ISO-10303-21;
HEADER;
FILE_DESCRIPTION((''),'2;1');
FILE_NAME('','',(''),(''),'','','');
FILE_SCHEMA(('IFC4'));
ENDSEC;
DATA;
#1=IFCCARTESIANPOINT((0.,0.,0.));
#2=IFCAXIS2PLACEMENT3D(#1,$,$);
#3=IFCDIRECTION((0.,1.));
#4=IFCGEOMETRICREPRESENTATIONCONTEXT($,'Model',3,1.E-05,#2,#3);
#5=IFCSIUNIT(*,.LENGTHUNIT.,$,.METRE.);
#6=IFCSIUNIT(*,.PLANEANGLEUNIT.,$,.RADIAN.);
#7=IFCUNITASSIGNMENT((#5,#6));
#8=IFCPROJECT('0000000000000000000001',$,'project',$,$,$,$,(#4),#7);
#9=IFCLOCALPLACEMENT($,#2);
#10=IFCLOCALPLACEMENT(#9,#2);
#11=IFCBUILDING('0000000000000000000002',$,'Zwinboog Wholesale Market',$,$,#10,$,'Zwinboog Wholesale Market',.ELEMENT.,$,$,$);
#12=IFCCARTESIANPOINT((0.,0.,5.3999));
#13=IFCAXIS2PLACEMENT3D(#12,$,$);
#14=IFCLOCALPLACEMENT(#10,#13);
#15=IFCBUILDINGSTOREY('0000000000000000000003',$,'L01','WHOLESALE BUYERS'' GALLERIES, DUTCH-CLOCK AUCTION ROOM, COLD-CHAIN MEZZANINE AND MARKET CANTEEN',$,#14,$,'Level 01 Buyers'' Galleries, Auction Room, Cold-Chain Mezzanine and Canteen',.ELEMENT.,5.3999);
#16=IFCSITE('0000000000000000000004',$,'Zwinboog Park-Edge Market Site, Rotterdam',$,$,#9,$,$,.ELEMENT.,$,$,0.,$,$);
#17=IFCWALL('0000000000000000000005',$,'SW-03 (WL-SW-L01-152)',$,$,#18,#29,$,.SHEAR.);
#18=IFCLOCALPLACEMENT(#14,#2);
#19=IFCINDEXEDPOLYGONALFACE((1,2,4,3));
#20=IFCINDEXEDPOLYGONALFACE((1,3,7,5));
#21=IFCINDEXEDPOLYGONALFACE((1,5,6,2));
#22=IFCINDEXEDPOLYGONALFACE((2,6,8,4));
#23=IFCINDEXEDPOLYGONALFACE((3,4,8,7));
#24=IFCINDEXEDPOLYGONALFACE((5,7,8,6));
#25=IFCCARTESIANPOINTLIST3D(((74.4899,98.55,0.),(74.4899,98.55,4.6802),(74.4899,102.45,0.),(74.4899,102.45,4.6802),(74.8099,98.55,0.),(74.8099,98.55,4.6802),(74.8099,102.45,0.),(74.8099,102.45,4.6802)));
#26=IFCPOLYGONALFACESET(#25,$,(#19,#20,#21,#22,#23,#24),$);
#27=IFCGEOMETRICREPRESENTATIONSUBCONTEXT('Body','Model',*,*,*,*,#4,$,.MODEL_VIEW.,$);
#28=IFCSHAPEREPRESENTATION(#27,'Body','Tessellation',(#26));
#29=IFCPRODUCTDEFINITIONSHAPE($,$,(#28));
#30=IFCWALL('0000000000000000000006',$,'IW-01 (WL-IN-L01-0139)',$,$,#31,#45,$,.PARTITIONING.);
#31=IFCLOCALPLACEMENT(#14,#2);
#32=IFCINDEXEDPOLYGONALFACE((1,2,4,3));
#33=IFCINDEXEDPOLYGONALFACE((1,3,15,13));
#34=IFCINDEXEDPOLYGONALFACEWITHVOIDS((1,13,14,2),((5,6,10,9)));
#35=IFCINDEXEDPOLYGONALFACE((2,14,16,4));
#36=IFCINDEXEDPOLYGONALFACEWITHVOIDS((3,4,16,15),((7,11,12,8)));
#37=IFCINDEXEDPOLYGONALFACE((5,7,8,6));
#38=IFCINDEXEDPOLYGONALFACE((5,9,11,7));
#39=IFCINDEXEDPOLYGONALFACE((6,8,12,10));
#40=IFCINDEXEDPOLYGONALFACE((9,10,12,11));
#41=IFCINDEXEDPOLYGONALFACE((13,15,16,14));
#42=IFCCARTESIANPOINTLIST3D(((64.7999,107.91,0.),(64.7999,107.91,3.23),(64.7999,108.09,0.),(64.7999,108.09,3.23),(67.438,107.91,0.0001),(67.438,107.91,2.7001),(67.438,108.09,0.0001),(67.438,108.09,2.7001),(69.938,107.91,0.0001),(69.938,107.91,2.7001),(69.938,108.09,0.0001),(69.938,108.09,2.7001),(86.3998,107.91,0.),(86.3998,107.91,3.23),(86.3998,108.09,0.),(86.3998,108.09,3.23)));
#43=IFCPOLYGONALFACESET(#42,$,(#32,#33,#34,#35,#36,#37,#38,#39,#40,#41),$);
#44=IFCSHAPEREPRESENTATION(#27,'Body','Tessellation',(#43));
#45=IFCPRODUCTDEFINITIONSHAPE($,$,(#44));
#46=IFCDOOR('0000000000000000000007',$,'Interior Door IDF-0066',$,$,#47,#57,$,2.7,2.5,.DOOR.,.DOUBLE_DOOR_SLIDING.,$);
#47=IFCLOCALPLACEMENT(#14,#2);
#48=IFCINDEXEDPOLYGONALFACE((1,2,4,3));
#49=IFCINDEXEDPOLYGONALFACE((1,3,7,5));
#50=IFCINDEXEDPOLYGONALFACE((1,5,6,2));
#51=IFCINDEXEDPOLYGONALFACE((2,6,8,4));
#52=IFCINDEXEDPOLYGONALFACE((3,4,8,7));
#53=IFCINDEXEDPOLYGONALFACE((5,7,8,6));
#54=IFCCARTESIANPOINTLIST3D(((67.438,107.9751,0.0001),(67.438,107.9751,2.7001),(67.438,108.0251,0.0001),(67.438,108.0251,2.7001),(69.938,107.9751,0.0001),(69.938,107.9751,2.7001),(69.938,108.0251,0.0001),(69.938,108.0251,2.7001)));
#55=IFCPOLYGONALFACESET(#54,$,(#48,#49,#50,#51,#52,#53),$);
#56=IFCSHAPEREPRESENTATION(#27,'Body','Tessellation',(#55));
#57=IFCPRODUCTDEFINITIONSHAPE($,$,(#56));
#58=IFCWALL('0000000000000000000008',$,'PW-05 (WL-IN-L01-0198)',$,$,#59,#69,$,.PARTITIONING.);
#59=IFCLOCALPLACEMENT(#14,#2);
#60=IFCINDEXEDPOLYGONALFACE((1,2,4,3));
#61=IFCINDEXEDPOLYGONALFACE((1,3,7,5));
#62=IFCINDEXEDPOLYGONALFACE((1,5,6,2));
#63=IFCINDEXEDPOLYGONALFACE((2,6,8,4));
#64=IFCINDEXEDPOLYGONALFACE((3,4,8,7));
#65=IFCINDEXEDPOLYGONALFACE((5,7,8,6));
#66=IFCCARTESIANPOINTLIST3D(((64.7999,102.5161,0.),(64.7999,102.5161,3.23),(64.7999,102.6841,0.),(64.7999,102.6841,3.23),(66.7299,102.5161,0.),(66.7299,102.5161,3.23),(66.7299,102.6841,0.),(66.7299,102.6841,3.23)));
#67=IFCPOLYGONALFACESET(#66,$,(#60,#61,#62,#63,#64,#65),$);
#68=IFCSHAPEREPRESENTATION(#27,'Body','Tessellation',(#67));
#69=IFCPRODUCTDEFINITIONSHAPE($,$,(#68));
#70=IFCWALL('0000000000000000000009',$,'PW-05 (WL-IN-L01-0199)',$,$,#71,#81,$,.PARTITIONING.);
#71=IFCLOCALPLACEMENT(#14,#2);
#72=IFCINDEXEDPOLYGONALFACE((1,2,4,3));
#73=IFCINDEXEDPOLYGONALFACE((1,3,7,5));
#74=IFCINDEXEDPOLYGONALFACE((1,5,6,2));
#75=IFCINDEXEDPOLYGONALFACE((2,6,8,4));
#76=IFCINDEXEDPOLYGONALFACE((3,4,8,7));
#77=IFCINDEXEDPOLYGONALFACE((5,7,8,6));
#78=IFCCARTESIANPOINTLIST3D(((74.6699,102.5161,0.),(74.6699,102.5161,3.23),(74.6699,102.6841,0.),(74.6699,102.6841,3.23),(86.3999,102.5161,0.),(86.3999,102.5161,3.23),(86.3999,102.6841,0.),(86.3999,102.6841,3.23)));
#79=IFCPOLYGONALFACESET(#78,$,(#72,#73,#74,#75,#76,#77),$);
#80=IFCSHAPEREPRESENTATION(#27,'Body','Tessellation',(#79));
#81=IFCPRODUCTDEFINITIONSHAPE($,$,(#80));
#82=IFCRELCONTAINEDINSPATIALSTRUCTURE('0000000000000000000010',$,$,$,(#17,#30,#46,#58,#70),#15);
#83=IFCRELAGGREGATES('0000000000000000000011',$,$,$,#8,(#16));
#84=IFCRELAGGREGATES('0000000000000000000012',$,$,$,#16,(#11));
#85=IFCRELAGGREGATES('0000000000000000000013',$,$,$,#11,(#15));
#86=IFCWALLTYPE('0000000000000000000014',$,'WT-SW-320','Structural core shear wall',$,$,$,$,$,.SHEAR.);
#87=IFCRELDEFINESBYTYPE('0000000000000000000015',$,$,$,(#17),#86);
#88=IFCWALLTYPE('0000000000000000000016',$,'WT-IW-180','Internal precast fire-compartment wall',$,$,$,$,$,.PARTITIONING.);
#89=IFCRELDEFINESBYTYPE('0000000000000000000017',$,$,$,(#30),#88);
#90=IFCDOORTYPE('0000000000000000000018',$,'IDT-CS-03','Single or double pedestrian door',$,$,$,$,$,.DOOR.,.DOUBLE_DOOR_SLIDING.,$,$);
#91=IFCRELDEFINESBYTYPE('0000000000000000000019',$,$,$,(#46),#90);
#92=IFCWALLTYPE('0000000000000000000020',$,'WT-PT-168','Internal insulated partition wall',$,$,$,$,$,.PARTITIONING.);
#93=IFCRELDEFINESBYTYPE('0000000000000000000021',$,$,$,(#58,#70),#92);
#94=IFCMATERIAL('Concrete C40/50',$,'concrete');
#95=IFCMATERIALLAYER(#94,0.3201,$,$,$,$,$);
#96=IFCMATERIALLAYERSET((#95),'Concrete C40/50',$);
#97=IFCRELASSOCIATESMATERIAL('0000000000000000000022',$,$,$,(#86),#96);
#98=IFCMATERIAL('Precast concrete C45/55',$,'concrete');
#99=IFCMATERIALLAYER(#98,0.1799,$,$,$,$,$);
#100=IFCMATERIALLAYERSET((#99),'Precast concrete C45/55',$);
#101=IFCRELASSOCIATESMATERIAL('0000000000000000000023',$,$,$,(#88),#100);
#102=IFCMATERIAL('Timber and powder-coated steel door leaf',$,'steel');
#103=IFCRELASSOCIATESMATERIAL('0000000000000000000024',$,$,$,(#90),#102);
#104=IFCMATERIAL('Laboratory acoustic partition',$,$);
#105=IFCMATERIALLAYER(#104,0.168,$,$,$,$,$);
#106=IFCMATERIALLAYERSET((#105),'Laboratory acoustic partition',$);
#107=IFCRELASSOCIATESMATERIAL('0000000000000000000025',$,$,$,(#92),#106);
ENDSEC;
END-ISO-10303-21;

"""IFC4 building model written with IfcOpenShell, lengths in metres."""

from ifc_helpers import new_model, si_unit, direction, frame, frame_2d, origin, place, context, subcontext, project, spatial, rectangle, extrude, material, layer, layer_set, type_object, element, fill, save


model = new_model("IFC4")

# Units and contexts
model_context = context("Model", 3, precision=1e-05, world=origin(), true_north=direction((0.0, 1.0)))
body_context = subcontext(model_context, "Body", "Model", "MODEL_VIEW")
ifc_project = project(units=[si_unit("LENGTHUNIT", "METRE"), si_unit("PLANEANGLEUNIT", "RADIAN")], contexts=[model_context])

# Site, building, storey
site_placement = place(None, origin())
site = spatial("IfcSite", under=ifc_project, at=site_placement, Name="Zwinboog Park-Edge Market Site, Rotterdam", CompositionType="ELEMENT", RefElevation=0.0)
building_placement = place(site_placement, origin())
building = spatial("IfcBuilding", under=site, at=building_placement, Name="Zwinboog Wholesale Market", LongName="Zwinboog Wholesale Market", CompositionType="ELEMENT")
storey_placement = place(building_placement, frame((0.0, 0.0, 5.3999)))
storey = spatial("IfcBuildingStorey", under=building, at=storey_placement, Name="L01", Description="WHOLESALE BUYERS' GALLERIES, DUTCH-CLOCK AUCTION ROOM, COLD-CHAIN MEZZANINE AND MARKET CANTEEN", LongName="Level 01 Buyers' Galleries, Auction Room, Cold-Chain Mezzanine and Canteen", CompositionType="ELEMENT", Elevation=5.3999)

# Shared definitions
ifc_material_1 = material(Name="Precast concrete C45/55", Category="concrete")

# Shared definitions
ifc_material_2 = material(Name="Concrete C40/50", Category="concrete")
ifc_layer_1 = layer(ifc_material_2, 0.3201)
ifc_layer_set_1 = layer_set([ifc_layer_1], Name="Concrete C40/50")
wall_type_1 = type_object("IfcWallType", Name="WT-SW-320", Description="Structural core shear wall", PredefinedType="SHEAR", material=ifc_layer_set_1)
ifc_material_3 = material(Name="Timber and powder-coated steel door leaf", Category="steel")

# Wall
wall_1_placement = place(storey_placement, frame((74.6499, 98.55, 0.0), z_axis=(0.0, 0.0, 1.0), x_axis=(0.0, 1.0, 0.0)))
element("IfcWall", 1, at=wall_1_placement, inside=storey, type_object=wall_type_1, Name="SW-03 (WL-SW-L01-152)", PredefinedType="SHEAR", context=body_context, shape_type="SweptSolid", body=[
    extrude(rectangle(XDim=3.8999, YDim=0.3201, at=frame_2d((1.95, 0.0))), origin(), (0.0, 0.0, 1.0), 4.6802),
])

# Wall, opening, door
ifc_layer_2 = layer(ifc_material_1, 0.1799)
ifc_layer_set_2 = layer_set([ifc_layer_2], Name="Precast concrete C45/55")
wall_type_2 = type_object("IfcWallType", Name="WT-IW-180", Description="Internal precast fire-compartment wall", PredefinedType="PARTITIONING", material=ifc_layer_set_2)
wall_2_placement = place(storey_placement, frame((64.8, 108.0, 0.0), z_axis=(0.0, 0.0, 1.0), x_axis=(1.0, 0.0, 0.0)))
wall_2 = element("IfcWall", 2, at=wall_2_placement, inside=storey, type_object=wall_type_2, Name="IW-01 (WL-IN-L01-0139)", PredefinedType="PARTITIONING", context=body_context, shape_type="SweptSolid", body=[
    extrude(rectangle(XDim=21.5999, YDim=0.1799, at=frame_2d((10.7998, 0.0))), origin(), (0.0, 0.0, 1.0), 3.23),
])
opening_1_placement = place(wall_2_placement, frame((2.6379, 0.0, 0.0)))
opening_1 = element("IfcOpeningElement", 3, at=opening_1_placement, cuts=wall_2, PredefinedType="OPENING", context=body_context, shape_type="SweptSolid", body=[
    extrude(rectangle(XDim=2.5, YDim=2.7, at=frame_2d((1.25, 1.3501))), frame((0.0, 0.0999, 0.0), z_axis=(0.0, -1.0, 0.0), x_axis=(1.0, 0.0, 0.0)), (0.0, 0.0, 1.0), 0.2),
])
door_type_1 = type_object("IfcDoorType", Name="IDT-CS-03", Description="Single or double pedestrian door", OperationType="DOUBLE_DOOR_SLIDING", PredefinedType="DOOR", material=ifc_material_3)
door_1_placement = place(opening_1_placement, frame((2.5, 0.0, 0.0), z_axis=(0.0, 0.0, 1.0), x_axis=(-1.0, 0.0, 0.0)))
door_1 = element("IfcDoor", 4, at=door_1_placement, inside=storey, type_object=door_type_1, Name="Interior Door IDF-0066", OperationType="DOUBLE_DOOR_SLIDING", OverallHeight=2.7, OverallWidth=2.5, PredefinedType="DOOR", context=body_context, shape_type="SweptSolid", body=[
    extrude(rectangle(XDim=2.5, YDim=2.7, at=frame_2d((1.25, 1.3501))), frame((0.0, 0.0249, 0.0), z_axis=(0.0, -1.0, 0.0), x_axis=(1.0, 0.0, 0.0)), (0.0, 0.0, 1.0), 0.05),
])
fill(opening_1, door_1)

# Walls
ifc_material_4 = material(Name="Laboratory acoustic partition")
ifc_layer_3 = layer(ifc_material_4, 0.168)
ifc_layer_set_3 = layer_set([ifc_layer_3], Name="Laboratory acoustic partition")
wall_type_3 = type_object("IfcWallType", Name="WT-PT-168", Description="Internal insulated partition wall", PredefinedType="PARTITIONING", material=ifc_layer_set_3)
wall_3_placement = place(storey_placement, frame((64.8, 102.6001, 0.0), z_axis=(0.0, 0.0, 1.0), x_axis=(1.0, 0.0, 0.0)))
element("IfcWall", 5, at=wall_3_placement, inside=storey, type_object=wall_type_3, Name="PW-05 (WL-IN-L01-0198)", PredefinedType="PARTITIONING", context=body_context, shape_type="SweptSolid", body=[
    extrude(rectangle(XDim=1.9299, YDim=0.168, at=frame_2d((0.9648, 0.0))), origin(), (0.0, 0.0, 1.0), 3.23),
])
wall_4_placement = place(storey_placement, frame((74.6699, 102.6001, 0.0), z_axis=(0.0, 0.0, 1.0), x_axis=(1.0, 0.0, 0.0)))
element("IfcWall", 6, at=wall_4_placement, inside=storey, type_object=wall_type_3, Name="PW-05 (WL-IN-L01-0199)", PredefinedType="PARTITIONING", context=body_context, shape_type="SweptSolid", body=[
    extrude(rectangle(XDim=11.73, YDim=0.168, at=frame_2d((5.865, 0.0))), origin(), (0.0, 0.0, 1.0), 3.23),
])

save(model, "model.ifc")
